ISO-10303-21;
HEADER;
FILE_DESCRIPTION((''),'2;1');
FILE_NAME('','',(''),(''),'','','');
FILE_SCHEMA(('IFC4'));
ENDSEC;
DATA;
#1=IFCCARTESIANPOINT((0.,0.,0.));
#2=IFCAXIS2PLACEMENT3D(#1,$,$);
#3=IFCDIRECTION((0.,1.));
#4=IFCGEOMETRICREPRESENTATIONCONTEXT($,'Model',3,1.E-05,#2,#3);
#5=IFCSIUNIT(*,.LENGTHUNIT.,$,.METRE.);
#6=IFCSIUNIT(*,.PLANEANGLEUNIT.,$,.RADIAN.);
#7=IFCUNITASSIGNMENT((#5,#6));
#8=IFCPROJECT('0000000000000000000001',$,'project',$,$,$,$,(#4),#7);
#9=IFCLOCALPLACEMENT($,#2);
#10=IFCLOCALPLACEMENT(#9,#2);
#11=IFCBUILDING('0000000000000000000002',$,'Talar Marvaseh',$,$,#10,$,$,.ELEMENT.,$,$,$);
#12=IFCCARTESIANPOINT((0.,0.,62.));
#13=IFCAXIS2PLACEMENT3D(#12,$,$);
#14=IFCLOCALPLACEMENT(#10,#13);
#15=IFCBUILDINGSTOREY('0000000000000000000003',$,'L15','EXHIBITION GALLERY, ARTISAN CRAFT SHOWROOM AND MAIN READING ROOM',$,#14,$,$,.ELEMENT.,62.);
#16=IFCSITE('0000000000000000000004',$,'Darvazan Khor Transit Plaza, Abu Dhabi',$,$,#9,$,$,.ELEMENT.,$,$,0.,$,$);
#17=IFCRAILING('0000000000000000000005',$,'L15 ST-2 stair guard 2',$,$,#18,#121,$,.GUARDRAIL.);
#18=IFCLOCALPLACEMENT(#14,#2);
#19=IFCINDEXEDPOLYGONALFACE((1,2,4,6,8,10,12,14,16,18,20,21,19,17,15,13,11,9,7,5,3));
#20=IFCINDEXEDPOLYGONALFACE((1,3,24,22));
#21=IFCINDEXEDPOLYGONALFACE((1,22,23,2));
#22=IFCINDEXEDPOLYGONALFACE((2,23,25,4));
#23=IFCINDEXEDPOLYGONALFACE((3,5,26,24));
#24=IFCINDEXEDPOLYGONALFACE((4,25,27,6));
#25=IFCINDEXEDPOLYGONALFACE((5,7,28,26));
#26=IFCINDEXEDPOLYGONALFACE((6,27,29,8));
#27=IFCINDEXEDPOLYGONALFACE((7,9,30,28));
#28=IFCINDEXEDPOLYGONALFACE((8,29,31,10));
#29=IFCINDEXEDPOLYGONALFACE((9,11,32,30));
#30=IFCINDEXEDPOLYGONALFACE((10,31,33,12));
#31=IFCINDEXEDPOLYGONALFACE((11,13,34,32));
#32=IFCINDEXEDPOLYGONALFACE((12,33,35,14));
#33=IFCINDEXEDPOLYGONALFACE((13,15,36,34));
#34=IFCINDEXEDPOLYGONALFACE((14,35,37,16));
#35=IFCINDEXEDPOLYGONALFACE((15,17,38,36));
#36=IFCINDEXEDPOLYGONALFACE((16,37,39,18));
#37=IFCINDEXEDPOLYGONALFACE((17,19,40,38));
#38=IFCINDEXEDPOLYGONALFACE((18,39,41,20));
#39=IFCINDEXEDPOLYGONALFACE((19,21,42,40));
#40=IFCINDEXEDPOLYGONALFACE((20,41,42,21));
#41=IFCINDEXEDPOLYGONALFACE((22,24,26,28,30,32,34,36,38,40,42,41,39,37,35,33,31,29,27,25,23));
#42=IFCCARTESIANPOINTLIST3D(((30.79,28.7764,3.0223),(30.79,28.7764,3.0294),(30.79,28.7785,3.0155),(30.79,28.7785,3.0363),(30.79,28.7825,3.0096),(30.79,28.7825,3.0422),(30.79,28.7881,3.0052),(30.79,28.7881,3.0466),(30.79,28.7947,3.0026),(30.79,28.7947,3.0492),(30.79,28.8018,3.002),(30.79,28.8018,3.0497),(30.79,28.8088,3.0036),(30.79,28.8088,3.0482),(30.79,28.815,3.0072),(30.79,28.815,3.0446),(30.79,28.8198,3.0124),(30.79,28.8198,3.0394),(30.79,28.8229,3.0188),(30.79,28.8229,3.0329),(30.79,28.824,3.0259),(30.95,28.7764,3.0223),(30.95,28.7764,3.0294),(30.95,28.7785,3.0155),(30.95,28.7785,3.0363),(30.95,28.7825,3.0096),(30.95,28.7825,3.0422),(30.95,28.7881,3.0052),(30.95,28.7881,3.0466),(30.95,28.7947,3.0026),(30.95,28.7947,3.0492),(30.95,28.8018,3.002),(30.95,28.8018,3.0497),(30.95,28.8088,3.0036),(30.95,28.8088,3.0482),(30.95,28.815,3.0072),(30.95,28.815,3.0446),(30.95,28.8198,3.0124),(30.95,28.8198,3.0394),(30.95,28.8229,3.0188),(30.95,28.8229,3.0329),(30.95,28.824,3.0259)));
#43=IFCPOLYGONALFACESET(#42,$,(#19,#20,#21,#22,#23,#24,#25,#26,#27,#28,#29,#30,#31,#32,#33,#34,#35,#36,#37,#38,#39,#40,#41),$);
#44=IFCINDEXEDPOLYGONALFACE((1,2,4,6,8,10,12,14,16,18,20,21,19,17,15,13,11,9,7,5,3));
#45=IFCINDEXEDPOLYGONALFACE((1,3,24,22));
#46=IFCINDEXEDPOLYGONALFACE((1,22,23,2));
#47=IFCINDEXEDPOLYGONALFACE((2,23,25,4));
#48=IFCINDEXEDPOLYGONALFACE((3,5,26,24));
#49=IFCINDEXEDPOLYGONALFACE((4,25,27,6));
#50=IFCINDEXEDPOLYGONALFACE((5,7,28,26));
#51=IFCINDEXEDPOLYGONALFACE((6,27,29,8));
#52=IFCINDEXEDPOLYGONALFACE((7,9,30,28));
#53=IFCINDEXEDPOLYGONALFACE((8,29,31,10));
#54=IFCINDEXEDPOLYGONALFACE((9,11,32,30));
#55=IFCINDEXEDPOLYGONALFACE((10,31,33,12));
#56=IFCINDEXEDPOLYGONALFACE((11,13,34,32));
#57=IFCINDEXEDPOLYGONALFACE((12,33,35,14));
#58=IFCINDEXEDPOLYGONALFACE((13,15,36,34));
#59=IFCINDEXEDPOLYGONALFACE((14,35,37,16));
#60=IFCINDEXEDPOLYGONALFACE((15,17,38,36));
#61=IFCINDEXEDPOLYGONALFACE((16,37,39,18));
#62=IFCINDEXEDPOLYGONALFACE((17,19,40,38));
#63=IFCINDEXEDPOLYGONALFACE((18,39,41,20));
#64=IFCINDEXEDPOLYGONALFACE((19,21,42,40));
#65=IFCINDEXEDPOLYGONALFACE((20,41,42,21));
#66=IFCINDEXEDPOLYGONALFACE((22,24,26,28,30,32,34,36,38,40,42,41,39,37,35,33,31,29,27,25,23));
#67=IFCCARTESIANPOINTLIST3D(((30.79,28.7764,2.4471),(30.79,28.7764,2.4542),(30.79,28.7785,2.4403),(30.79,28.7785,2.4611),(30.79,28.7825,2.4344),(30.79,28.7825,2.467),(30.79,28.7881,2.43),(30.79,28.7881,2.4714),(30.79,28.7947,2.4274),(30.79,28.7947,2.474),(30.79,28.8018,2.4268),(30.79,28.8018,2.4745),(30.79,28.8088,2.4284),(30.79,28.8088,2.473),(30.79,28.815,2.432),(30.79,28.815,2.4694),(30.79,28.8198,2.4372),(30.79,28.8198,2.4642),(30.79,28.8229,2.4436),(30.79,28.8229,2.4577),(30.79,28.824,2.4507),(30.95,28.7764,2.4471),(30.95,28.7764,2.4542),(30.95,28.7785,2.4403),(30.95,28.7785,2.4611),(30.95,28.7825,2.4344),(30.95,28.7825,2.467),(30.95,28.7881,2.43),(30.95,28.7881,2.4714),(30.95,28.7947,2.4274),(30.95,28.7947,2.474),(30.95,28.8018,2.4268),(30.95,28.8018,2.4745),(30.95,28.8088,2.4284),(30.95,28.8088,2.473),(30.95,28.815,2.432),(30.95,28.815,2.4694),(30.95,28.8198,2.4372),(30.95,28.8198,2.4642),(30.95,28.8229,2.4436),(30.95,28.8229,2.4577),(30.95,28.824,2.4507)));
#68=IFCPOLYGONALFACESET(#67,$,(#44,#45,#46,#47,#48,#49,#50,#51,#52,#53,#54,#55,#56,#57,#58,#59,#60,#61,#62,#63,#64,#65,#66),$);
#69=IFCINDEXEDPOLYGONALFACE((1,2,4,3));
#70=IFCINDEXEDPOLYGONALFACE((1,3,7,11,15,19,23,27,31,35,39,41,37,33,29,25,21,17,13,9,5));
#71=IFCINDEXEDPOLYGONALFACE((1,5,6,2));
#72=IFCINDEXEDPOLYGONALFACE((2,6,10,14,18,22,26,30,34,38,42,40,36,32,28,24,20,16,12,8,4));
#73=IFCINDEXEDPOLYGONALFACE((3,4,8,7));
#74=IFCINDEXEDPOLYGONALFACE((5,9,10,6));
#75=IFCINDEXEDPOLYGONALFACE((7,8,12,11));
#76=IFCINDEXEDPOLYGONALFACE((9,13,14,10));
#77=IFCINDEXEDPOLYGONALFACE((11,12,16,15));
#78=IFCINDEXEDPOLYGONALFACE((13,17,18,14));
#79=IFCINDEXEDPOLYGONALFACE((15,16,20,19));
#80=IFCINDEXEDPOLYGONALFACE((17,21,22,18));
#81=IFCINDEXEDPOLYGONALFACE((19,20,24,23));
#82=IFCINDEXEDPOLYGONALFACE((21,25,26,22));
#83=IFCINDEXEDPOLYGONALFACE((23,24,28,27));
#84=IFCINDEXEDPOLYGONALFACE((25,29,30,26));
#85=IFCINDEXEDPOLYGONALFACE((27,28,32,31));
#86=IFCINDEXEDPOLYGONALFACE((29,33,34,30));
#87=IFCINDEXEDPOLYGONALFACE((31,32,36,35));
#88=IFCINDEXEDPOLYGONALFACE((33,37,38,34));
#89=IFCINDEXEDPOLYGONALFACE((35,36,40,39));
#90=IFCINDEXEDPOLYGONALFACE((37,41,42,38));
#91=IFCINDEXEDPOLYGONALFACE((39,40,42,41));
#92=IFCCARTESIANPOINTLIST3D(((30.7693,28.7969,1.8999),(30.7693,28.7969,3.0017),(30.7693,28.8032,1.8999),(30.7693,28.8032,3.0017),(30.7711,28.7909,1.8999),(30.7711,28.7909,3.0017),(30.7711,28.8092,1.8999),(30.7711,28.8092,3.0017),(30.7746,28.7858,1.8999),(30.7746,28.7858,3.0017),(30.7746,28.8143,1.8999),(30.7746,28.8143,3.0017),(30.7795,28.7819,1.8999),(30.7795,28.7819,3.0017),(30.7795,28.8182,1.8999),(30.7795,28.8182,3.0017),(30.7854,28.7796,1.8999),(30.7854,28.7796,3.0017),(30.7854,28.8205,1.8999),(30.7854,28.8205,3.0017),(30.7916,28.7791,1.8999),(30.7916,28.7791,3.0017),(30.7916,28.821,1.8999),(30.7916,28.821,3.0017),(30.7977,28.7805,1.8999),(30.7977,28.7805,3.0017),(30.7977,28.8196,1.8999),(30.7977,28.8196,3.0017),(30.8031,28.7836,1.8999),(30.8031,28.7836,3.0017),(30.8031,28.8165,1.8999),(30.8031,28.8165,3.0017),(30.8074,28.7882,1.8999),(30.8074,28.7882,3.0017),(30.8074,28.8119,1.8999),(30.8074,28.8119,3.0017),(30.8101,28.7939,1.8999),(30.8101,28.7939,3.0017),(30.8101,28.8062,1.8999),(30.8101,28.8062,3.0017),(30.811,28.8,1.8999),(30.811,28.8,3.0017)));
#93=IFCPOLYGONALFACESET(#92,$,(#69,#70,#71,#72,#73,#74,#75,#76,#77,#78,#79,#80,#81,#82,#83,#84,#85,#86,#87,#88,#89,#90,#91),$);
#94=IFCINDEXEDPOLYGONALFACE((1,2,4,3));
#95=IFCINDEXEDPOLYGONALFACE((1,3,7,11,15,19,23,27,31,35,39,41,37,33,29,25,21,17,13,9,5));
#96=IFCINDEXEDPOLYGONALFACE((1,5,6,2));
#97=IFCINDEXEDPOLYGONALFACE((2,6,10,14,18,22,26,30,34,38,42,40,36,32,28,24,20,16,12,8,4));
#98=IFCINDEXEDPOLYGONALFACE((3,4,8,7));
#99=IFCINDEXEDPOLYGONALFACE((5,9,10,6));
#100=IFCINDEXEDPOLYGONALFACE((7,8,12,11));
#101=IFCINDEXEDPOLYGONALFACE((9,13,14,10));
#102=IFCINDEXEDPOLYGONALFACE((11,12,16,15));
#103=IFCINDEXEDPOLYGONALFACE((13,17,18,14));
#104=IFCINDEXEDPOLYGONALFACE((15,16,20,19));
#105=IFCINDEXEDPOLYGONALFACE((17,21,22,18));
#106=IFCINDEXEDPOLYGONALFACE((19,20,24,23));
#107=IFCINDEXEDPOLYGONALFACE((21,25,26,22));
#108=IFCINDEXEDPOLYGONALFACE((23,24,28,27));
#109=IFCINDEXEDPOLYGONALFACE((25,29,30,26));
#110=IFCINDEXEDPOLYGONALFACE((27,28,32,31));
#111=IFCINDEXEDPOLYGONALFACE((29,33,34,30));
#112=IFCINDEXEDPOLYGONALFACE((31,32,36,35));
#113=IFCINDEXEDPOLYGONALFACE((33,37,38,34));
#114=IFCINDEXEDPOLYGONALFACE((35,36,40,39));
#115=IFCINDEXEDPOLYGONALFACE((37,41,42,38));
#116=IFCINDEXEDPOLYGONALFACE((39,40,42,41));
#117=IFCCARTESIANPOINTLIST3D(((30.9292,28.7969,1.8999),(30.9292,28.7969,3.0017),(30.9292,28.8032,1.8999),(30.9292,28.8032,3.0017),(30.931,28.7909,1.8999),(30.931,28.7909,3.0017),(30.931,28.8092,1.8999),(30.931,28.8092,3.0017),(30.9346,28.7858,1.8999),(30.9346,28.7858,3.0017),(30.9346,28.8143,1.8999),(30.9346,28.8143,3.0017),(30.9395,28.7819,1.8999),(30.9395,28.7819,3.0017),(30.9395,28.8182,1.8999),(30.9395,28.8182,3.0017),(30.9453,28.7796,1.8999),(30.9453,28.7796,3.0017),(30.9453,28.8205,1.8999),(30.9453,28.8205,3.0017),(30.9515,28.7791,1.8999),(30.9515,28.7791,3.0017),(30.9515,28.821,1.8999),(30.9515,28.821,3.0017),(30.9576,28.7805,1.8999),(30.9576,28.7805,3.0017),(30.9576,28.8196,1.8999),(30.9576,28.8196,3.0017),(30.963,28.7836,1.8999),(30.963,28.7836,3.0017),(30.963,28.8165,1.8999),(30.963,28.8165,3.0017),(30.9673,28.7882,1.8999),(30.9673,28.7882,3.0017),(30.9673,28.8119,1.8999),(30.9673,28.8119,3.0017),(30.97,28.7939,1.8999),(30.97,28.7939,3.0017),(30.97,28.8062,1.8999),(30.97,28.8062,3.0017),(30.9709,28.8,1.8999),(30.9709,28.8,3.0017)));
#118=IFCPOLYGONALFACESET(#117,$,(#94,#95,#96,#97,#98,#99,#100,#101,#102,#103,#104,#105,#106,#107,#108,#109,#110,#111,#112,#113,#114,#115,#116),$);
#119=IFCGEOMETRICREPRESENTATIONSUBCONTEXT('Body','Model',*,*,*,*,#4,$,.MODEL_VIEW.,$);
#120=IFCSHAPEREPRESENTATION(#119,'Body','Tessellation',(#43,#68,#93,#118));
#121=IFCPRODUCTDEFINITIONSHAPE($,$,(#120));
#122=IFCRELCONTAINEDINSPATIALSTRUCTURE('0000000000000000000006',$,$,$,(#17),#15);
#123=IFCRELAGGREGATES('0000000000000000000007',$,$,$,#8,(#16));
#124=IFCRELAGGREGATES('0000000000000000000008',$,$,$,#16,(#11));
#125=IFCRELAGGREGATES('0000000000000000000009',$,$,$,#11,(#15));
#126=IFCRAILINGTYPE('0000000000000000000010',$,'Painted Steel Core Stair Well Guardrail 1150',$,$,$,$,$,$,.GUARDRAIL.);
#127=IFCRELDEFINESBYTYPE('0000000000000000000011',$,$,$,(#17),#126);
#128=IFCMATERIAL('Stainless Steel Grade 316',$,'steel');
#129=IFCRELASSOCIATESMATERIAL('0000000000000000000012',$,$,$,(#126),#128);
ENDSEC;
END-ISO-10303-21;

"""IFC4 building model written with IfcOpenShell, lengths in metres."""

from ifc_helpers import new_model, si_unit, direction, frame, origin, origin_2d, place, context, subcontext, project, spatial, circle, extrude, material, type_object, element, save


model = new_model("IFC4")

# Units and contexts
model_context = context("Model", 3, precision=1e-05, world=origin(), true_north=direction((0.0, 1.0)))
body_context = subcontext(model_context, "Body", "Model", "MODEL_VIEW")
ifc_project = project(units=[si_unit("LENGTHUNIT", "METRE"), si_unit("PLANEANGLEUNIT", "RADIAN")], contexts=[model_context])

# Site, building, storey
site_placement = place(None, origin())
site = spatial("IfcSite", under=ifc_project, at=site_placement, Name="Darvazan Khor Transit Plaza, Abu Dhabi", CompositionType="ELEMENT", RefElevation=0.0)
building_placement = place(site_placement, origin())
building = spatial("IfcBuilding", under=site, at=building_placement, Name="Talar Marvaseh", CompositionType="ELEMENT")
storey_placement = place(building_placement, frame((0.0, 0.0, 62.0)))
storey = spatial("IfcBuildingStorey", under=building, at=storey_placement, Name="L15", Description="EXHIBITION GALLERY, ARTISAN CRAFT SHOWROOM AND MAIN READING ROOM", CompositionType="ELEMENT", Elevation=62.0)

# Railing
ifc_material_1 = material(Name="Stainless Steel Grade 316", Category="steel")
railing_type_1 = type_object("IfcRailingType", Name="Painted Steel Core Stair Well Guardrail 1150", PredefinedType="GUARDRAIL", material=ifc_material_1)
railing_1_placement = place(storey_placement, frame((30.79, 28.8, 1.8999)))
element("IfcRailing", 1, at=railing_1_placement, inside=storey, type_object=railing_type_1, Name="L15 ST-2 stair guard 2", PredefinedType="GUARDRAIL", context=body_context, shape_type="SweptSolid", body=[
    extrude(circle(Radius=0.0239, at=origin_2d()), frame((0.0, 0.0, 1.126), z_axis=(1.0, 0.0, 0.0), x_axis=(0.0, 1.0, 0.0)), (0.0, 0.0, 1.0), 0.1599),
    extrude(circle(Radius=0.0239, at=origin_2d()), frame((0.0, 0.0, 0.5508), z_axis=(1.0, 0.0, 0.0), x_axis=(0.0, 1.0, 0.0)), (0.0, 0.0, 1.0), 0.1599),
    extrude(circle(Radius=0.021, at=origin_2d()), origin(), (0.0, 0.0, 1.0), 1.1018),
    extrude(circle(Radius=0.021, at=origin_2d()), frame((0.1599, 0.0, 0.0)), (0.0, 0.0, 1.0), 1.1018),
])

save(model, "model.ifc")
